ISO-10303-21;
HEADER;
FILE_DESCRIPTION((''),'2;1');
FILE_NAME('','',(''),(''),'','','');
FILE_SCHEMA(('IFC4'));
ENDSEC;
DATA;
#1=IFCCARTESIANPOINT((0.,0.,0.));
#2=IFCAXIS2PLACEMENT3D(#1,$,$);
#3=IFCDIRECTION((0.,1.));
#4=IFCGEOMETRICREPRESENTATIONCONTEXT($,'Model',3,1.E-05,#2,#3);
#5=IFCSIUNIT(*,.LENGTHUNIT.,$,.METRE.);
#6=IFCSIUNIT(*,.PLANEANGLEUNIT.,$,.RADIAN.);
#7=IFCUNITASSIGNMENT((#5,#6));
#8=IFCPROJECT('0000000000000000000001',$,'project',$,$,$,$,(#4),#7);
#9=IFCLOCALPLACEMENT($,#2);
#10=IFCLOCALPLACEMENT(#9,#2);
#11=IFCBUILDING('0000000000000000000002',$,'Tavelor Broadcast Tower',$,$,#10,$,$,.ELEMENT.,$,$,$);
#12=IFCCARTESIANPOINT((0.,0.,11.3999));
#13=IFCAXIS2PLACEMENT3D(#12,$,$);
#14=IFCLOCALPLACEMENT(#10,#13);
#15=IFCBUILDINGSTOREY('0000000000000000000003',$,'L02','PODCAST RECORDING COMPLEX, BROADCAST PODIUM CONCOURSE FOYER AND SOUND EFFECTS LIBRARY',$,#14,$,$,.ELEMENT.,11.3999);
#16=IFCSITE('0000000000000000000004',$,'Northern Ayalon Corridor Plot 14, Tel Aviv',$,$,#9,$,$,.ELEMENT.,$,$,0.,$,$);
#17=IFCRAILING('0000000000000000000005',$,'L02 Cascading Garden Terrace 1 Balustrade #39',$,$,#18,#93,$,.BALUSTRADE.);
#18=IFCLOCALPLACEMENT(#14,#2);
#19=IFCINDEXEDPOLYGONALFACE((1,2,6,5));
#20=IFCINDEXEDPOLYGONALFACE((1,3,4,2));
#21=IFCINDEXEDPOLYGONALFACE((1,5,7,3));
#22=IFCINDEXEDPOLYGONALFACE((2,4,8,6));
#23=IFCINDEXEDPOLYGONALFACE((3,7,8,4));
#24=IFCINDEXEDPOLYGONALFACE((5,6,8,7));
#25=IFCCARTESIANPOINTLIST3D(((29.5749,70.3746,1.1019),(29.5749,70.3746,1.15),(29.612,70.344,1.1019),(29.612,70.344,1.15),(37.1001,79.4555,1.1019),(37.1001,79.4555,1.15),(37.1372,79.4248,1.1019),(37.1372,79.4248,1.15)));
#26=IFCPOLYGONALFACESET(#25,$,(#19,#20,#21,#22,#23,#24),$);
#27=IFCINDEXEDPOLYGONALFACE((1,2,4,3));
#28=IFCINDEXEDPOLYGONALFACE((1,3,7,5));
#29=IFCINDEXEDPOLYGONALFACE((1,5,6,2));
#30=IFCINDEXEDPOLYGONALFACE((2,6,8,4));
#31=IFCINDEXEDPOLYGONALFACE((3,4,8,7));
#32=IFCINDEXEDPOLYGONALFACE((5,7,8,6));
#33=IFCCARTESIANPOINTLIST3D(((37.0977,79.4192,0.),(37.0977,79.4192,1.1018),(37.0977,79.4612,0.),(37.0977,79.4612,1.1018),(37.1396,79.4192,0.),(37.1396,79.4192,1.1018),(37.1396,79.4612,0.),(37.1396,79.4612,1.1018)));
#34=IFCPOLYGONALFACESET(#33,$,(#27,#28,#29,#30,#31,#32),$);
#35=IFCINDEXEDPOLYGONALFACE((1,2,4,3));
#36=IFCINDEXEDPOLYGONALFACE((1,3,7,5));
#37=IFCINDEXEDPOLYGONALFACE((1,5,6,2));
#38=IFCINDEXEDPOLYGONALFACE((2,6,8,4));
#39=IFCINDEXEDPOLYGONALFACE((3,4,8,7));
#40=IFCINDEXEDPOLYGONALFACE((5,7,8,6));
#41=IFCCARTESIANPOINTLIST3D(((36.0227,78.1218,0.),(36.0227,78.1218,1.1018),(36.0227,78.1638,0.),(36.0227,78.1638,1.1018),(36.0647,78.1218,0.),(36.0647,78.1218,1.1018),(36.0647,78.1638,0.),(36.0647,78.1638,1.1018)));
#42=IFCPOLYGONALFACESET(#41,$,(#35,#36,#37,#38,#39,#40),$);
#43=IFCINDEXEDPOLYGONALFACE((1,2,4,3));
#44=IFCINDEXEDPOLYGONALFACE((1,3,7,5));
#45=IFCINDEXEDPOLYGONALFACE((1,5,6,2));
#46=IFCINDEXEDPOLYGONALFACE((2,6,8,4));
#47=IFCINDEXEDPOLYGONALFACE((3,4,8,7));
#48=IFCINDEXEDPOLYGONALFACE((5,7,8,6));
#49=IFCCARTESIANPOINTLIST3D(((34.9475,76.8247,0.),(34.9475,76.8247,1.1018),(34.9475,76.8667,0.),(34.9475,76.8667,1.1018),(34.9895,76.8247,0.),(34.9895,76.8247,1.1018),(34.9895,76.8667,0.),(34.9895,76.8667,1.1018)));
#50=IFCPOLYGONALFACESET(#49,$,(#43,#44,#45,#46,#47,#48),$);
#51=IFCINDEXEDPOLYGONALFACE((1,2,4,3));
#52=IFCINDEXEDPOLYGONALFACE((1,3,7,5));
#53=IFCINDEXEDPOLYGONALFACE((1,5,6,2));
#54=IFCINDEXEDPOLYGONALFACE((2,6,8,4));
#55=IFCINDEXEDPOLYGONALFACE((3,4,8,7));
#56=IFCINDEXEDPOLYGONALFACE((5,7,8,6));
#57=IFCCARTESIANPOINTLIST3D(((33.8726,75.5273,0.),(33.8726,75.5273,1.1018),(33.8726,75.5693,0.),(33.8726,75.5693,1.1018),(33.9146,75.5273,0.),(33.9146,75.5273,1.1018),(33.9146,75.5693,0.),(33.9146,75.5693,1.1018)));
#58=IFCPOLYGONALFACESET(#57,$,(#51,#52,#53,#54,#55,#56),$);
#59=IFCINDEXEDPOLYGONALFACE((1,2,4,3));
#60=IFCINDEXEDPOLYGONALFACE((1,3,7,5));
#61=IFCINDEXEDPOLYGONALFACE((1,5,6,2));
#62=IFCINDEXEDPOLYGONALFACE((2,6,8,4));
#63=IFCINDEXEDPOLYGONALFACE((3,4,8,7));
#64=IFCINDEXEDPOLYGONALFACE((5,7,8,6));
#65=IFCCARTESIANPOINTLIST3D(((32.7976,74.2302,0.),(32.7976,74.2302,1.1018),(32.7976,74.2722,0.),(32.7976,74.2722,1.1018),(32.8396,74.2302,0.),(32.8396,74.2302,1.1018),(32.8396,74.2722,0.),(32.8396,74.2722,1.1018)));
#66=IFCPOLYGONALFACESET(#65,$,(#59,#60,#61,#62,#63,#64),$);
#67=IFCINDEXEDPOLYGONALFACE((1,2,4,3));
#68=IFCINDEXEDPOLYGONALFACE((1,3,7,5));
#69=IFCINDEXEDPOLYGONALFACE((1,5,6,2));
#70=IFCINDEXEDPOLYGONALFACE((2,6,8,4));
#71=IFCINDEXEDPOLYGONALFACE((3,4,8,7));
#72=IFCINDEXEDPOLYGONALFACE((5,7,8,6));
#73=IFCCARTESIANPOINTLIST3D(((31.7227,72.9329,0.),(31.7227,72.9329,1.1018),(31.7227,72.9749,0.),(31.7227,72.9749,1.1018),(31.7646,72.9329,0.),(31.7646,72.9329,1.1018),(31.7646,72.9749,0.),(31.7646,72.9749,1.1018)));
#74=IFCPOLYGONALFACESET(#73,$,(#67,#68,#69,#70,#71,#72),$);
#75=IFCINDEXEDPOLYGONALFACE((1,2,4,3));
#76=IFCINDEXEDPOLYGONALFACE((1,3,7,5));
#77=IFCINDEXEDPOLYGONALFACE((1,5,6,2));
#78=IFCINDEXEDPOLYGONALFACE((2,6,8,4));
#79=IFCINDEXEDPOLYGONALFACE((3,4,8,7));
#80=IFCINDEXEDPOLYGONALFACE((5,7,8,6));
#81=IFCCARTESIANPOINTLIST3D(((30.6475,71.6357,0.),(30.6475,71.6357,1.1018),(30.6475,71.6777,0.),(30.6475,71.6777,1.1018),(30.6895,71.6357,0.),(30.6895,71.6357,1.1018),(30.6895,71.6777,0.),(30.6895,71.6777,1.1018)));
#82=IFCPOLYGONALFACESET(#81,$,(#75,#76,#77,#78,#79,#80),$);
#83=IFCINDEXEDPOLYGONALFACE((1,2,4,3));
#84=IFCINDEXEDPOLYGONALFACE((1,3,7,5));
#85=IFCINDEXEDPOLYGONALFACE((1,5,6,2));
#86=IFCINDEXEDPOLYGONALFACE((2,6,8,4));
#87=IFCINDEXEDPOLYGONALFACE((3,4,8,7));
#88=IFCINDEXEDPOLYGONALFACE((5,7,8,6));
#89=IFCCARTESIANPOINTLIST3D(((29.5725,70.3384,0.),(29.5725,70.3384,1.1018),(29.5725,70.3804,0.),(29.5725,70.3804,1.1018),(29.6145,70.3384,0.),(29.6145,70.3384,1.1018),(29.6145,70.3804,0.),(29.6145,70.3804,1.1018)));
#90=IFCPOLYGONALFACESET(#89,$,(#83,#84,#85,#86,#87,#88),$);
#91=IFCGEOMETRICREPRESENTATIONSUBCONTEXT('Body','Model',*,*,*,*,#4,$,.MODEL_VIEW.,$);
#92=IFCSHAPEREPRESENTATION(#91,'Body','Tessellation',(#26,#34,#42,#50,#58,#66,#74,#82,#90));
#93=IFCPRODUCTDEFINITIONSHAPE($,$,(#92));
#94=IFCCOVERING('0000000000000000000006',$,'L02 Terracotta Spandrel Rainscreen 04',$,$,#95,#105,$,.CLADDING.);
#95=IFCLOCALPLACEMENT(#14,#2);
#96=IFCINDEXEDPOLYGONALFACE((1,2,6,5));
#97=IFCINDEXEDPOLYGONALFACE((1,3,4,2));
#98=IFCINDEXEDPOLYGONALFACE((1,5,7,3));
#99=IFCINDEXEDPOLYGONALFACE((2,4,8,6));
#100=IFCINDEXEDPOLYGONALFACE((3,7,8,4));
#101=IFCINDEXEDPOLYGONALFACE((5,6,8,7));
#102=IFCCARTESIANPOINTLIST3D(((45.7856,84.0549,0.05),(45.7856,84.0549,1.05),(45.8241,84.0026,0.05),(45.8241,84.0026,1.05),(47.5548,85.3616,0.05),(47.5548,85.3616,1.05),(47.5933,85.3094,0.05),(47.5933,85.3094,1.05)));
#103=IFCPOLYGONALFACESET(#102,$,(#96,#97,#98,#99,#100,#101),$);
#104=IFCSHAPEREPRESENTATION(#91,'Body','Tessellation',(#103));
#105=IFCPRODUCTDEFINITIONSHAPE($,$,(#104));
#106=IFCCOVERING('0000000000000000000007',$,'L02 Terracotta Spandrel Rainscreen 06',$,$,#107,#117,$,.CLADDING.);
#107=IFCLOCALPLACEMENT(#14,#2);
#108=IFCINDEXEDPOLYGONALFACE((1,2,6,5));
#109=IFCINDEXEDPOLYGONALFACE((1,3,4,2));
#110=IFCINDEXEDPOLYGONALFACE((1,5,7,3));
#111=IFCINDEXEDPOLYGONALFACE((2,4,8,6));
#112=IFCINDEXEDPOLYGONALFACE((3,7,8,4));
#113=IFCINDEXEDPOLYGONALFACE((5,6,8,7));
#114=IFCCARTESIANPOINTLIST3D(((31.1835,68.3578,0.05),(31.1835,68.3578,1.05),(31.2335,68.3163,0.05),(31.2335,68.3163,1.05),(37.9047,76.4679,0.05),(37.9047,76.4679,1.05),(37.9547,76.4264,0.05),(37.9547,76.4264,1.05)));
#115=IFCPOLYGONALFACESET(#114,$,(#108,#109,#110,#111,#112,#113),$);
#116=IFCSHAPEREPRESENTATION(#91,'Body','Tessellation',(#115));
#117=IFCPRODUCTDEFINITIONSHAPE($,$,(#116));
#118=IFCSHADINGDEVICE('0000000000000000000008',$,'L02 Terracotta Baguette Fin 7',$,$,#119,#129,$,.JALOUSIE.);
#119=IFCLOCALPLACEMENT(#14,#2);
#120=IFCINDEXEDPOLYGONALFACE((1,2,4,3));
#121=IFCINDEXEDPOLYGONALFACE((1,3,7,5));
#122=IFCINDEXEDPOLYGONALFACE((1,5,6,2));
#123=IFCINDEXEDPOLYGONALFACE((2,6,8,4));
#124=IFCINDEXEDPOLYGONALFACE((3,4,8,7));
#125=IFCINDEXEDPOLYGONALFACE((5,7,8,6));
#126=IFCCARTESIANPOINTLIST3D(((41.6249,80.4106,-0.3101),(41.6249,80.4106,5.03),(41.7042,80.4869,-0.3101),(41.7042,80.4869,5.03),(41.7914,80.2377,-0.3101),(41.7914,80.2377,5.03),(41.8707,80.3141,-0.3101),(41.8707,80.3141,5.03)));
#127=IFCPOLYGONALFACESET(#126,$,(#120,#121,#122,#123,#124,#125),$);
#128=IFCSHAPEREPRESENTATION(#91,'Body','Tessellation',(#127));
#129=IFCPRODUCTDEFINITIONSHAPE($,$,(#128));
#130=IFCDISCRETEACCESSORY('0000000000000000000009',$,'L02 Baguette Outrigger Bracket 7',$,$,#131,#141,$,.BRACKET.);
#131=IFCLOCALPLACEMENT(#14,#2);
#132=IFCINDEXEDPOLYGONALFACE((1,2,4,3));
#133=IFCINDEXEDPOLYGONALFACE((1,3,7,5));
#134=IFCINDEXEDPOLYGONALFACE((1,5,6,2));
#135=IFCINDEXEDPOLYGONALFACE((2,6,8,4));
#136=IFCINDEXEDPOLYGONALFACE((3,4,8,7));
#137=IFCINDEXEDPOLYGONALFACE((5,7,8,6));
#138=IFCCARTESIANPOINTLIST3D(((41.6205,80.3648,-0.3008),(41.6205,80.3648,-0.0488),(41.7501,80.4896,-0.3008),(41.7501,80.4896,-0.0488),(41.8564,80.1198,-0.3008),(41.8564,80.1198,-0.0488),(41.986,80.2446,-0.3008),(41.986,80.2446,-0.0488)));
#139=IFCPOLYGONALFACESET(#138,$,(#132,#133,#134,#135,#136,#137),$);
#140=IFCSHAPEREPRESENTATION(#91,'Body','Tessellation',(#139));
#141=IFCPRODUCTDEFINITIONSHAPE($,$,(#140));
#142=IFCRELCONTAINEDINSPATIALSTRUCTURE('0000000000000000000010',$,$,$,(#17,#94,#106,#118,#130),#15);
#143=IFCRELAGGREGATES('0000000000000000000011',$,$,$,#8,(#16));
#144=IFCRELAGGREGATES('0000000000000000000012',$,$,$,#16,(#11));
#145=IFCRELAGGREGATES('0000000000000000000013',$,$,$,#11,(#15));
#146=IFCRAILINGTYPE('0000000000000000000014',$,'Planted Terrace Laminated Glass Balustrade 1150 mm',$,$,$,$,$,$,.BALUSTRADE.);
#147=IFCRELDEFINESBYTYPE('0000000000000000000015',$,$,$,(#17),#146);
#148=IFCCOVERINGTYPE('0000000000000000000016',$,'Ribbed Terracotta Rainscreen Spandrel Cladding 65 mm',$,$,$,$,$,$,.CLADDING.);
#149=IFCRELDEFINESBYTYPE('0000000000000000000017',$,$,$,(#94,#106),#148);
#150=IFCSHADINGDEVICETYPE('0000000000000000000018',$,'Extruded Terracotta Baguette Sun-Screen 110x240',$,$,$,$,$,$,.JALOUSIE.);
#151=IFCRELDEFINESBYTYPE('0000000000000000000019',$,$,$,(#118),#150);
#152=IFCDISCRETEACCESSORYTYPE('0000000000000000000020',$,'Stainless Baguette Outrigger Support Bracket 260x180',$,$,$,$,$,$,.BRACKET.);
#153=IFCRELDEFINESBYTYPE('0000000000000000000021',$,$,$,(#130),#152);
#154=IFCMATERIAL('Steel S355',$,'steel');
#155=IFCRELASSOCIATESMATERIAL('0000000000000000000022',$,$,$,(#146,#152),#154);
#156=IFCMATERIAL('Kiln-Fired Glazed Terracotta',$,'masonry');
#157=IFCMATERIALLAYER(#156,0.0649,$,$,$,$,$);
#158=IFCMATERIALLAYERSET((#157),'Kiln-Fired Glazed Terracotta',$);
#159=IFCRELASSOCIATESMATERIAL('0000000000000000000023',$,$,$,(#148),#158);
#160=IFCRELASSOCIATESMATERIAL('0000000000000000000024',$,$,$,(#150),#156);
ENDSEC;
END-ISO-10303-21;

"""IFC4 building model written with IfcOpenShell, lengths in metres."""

from ifc_helpers import new_model, si_unit, direction, frame, origin, origin_2d, place, context, subcontext, project, spatial, rectangle, extrude, source, transform, mapped, material, layer, layer_set, type_object, type_shapes, element, save


model = new_model("IFC4")

# Units and contexts
model_context = context("Model", 3, precision=1e-05, world=origin(), true_north=direction((0.0, 1.0)))
body_context = subcontext(model_context, "Body", "Model", "MODEL_VIEW")
ifc_project = project(units=[si_unit("LENGTHUNIT", "METRE"), si_unit("PLANEANGLEUNIT", "RADIAN")], contexts=[model_context])

# Site, building, storey
site_placement = place(None, origin())
site = spatial("IfcSite", under=ifc_project, at=site_placement, Name="Northern Ayalon Corridor Plot 14, Tel Aviv", CompositionType="ELEMENT", RefElevation=0.0)
building_placement = place(site_placement, origin())
building = spatial("IfcBuilding", under=site, at=building_placement, Name="Tavelor Broadcast Tower", CompositionType="ELEMENT")
storey_placement = place(building_placement, frame((0.0, 0.0, 11.3999)))
storey = spatial("IfcBuildingStorey", under=building, at=storey_placement, Name="L02", Description="PODCAST RECORDING COMPLEX, BROADCAST PODIUM CONCOURSE FOYER AND SOUND EFFECTS LIBRARY", CompositionType="ELEMENT", Elevation=11.3999)

# Shared definitions
ifc_material_1 = material(Name="Steel S355", Category="steel")

# Railing
railing_type = type_object("IfcRailingType", Name="Planted Terrace Laminated Glass Balustrade 1150 mm", PredefinedType="BALUSTRADE", material=ifc_material_1)
railing_1_placement = place(storey_placement, frame((37.1187, 79.4402, 0.0)))
element("IfcRailing", 1, at=railing_1_placement, inside=storey, type_object=railing_type, Name="L02 Cascading Garden Terrace 1 Balustrade #39", PredefinedType="BALUSTRADE", context=body_context, shape_type="SweptSolid", body=[
    extrude(rectangle(XDim=0.0481, YDim=0.0481, at=origin_2d()), frame((0.0, 0.0, 1.126), z_axis=(-0.63807, -0.769978, 0.0), x_axis=(0.769978, -0.63807, 0.0)), (0.0, 0.0, 1.0), 11.7937),
    extrude(rectangle(XDim=0.042, YDim=0.042, at=origin_2d()), origin(), (0.0, 0.0, 1.0), 1.1018),
    extrude(rectangle(XDim=0.042, YDim=0.042, at=origin_2d()), frame((-1.075, -1.2974, 0.0)), (0.0, 0.0, 1.0), 1.1018),
    extrude(rectangle(XDim=0.042, YDim=0.042, at=origin_2d()), frame((-2.1501, -2.5945, 0.0)), (0.0, 0.0, 1.0), 1.1018),
    extrude(rectangle(XDim=0.042, YDim=0.042, at=origin_2d()), frame((-3.2251, -3.8918, 0.0)), (0.0, 0.0, 1.0), 1.1018),
    extrude(rectangle(XDim=0.042, YDim=0.042, at=origin_2d()), frame((-4.3, -5.189, 0.0)), (0.0, 0.0, 1.0), 1.1018),
    extrude(rectangle(XDim=0.042, YDim=0.042, at=origin_2d()), frame((-5.375, -6.4863, 0.0)), (0.0, 0.0, 1.0), 1.1018),
    extrude(rectangle(XDim=0.042, YDim=0.042, at=origin_2d()), frame((-6.4502, -7.7834, 0.0)), (0.0, 0.0, 1.0), 1.1018),
    extrude(rectangle(XDim=0.042, YDim=0.042, at=origin_2d()), frame((-7.5251, -9.0808, 0.0)), (0.0, 0.0, 1.0), 1.1018),
])

# Coverings
ifc_material_2 = material(Name="Kiln-Fired Glazed Terracotta", Category="masonry")
ifc_layer_1 = layer(ifc_material_2, 0.0649)
ifc_layer_set_1 = layer_set([ifc_layer_1], Name="Kiln-Fired Glazed Terracotta")
covering_type = type_object("IfcCoveringType", Name="Ribbed Terracotta Rainscreen Spandrel Cladding 65 mm", PredefinedType="CLADDING", material=ifc_layer_set_1)
covering_1_placement = place(storey_placement, frame((46.6895, 84.6821, 0.05), z_axis=(0.0, 0.0, 1.0), x_axis=(-0.804376, -0.594121, 0.0)))
element("IfcCovering", 2, at=covering_1_placement, inside=storey, type_object=covering_type, Name="L02 Terracotta Spandrel Rainscreen 04", PredefinedType="CLADDING", context=body_context, shape_type="SweptSolid", body=[
    extrude(rectangle(XDim=2.1995, YDim=0.0649, at=origin_2d()), origin(), (0.0, 0.0, 1.0), 1.0),
])
covering_2_placement = place(storey_placement, frame((34.5691, 72.3921, 0.05), z_axis=(0.0, 0.0, 1.0), x_axis=(-0.638096, -0.769957, 0.0)))
element("IfcCovering", 3, at=covering_2_placement, inside=storey, type_object=covering_type, Name="L02 Terracotta Spandrel Rainscreen 06", PredefinedType="CLADDING", context=body_context, shape_type="SweptSolid", body=[
    extrude(rectangle(XDim=10.5332, YDim=0.0649, at=origin_2d()), origin(), (0.0, 0.0, 1.0), 1.0),
])

# Shading device
shading_device_type = type_object("IfcShadingDeviceType", Name="Extruded Terracotta Baguette Sun-Screen 110x240", PredefinedType="JALOUSIE", material=ifc_material_2)
shared_shape_1 = source(origin(), body_context, "Body", "SweptSolid", [
    extrude(rectangle(XDim=0.1101, YDim=0.24, at=origin_2d()), origin(), (0.0, 0.0, 1.0), 5.3401),
])
type_shapes(shading_device_type, [shared_shape_1])
shading_device_placement = place(storey_placement, frame((41.7478, 80.3623, -0.3101), z_axis=(0.0, 0.0, 1.0), x_axis=(-0.720309, -0.693653, 0.0)))
element("IfcShadingDevice", 4, at=shading_device_placement, inside=storey, type_object=shading_device_type, Name="L02 Terracotta Baguette Fin 7", PredefinedType="JALOUSIE", context=body_context, shape_type="MappedRepresentation", body=[
    mapped(shared_shape_1, transform((0.0, 0.0, 0.0), scale=1.0)),
])

# Discrete accessory
discrete_accessory_type = type_object("IfcDiscreteAccessoryType", Name="Stainless Baguette Outrigger Support Bracket 260x180", PredefinedType="BRACKET", material=ifc_material_1)
shared_shape_2 = source(origin(), body_context, "Body", "SweptSolid", [
    extrude(rectangle(XDim=0.1799, YDim=0.3401, at=origin_2d()), origin(), (0.0, 0.0, 1.0), 0.252),
])
type_shapes(discrete_accessory_type, [shared_shape_2])
discrete_accessory_placement = place(storey_placement, frame((41.8032, 80.3047, -0.3008), z_axis=(0.0, 0.0, 1.0), x_axis=(-0.720309, -0.693653, 0.0)))
element("IfcDiscreteAccessory", 5, at=discrete_accessory_placement, inside=storey, type_object=discrete_accessory_type, Name="L02 Baguette Outrigger Bracket 7", PredefinedType="BRACKET", context=body_context, shape_type="MappedRepresentation", body=[
    mapped(shared_shape_2, transform((0.0, 0.0, 0.0), scale=1.0)),
])

save(model, "model.ifc")
